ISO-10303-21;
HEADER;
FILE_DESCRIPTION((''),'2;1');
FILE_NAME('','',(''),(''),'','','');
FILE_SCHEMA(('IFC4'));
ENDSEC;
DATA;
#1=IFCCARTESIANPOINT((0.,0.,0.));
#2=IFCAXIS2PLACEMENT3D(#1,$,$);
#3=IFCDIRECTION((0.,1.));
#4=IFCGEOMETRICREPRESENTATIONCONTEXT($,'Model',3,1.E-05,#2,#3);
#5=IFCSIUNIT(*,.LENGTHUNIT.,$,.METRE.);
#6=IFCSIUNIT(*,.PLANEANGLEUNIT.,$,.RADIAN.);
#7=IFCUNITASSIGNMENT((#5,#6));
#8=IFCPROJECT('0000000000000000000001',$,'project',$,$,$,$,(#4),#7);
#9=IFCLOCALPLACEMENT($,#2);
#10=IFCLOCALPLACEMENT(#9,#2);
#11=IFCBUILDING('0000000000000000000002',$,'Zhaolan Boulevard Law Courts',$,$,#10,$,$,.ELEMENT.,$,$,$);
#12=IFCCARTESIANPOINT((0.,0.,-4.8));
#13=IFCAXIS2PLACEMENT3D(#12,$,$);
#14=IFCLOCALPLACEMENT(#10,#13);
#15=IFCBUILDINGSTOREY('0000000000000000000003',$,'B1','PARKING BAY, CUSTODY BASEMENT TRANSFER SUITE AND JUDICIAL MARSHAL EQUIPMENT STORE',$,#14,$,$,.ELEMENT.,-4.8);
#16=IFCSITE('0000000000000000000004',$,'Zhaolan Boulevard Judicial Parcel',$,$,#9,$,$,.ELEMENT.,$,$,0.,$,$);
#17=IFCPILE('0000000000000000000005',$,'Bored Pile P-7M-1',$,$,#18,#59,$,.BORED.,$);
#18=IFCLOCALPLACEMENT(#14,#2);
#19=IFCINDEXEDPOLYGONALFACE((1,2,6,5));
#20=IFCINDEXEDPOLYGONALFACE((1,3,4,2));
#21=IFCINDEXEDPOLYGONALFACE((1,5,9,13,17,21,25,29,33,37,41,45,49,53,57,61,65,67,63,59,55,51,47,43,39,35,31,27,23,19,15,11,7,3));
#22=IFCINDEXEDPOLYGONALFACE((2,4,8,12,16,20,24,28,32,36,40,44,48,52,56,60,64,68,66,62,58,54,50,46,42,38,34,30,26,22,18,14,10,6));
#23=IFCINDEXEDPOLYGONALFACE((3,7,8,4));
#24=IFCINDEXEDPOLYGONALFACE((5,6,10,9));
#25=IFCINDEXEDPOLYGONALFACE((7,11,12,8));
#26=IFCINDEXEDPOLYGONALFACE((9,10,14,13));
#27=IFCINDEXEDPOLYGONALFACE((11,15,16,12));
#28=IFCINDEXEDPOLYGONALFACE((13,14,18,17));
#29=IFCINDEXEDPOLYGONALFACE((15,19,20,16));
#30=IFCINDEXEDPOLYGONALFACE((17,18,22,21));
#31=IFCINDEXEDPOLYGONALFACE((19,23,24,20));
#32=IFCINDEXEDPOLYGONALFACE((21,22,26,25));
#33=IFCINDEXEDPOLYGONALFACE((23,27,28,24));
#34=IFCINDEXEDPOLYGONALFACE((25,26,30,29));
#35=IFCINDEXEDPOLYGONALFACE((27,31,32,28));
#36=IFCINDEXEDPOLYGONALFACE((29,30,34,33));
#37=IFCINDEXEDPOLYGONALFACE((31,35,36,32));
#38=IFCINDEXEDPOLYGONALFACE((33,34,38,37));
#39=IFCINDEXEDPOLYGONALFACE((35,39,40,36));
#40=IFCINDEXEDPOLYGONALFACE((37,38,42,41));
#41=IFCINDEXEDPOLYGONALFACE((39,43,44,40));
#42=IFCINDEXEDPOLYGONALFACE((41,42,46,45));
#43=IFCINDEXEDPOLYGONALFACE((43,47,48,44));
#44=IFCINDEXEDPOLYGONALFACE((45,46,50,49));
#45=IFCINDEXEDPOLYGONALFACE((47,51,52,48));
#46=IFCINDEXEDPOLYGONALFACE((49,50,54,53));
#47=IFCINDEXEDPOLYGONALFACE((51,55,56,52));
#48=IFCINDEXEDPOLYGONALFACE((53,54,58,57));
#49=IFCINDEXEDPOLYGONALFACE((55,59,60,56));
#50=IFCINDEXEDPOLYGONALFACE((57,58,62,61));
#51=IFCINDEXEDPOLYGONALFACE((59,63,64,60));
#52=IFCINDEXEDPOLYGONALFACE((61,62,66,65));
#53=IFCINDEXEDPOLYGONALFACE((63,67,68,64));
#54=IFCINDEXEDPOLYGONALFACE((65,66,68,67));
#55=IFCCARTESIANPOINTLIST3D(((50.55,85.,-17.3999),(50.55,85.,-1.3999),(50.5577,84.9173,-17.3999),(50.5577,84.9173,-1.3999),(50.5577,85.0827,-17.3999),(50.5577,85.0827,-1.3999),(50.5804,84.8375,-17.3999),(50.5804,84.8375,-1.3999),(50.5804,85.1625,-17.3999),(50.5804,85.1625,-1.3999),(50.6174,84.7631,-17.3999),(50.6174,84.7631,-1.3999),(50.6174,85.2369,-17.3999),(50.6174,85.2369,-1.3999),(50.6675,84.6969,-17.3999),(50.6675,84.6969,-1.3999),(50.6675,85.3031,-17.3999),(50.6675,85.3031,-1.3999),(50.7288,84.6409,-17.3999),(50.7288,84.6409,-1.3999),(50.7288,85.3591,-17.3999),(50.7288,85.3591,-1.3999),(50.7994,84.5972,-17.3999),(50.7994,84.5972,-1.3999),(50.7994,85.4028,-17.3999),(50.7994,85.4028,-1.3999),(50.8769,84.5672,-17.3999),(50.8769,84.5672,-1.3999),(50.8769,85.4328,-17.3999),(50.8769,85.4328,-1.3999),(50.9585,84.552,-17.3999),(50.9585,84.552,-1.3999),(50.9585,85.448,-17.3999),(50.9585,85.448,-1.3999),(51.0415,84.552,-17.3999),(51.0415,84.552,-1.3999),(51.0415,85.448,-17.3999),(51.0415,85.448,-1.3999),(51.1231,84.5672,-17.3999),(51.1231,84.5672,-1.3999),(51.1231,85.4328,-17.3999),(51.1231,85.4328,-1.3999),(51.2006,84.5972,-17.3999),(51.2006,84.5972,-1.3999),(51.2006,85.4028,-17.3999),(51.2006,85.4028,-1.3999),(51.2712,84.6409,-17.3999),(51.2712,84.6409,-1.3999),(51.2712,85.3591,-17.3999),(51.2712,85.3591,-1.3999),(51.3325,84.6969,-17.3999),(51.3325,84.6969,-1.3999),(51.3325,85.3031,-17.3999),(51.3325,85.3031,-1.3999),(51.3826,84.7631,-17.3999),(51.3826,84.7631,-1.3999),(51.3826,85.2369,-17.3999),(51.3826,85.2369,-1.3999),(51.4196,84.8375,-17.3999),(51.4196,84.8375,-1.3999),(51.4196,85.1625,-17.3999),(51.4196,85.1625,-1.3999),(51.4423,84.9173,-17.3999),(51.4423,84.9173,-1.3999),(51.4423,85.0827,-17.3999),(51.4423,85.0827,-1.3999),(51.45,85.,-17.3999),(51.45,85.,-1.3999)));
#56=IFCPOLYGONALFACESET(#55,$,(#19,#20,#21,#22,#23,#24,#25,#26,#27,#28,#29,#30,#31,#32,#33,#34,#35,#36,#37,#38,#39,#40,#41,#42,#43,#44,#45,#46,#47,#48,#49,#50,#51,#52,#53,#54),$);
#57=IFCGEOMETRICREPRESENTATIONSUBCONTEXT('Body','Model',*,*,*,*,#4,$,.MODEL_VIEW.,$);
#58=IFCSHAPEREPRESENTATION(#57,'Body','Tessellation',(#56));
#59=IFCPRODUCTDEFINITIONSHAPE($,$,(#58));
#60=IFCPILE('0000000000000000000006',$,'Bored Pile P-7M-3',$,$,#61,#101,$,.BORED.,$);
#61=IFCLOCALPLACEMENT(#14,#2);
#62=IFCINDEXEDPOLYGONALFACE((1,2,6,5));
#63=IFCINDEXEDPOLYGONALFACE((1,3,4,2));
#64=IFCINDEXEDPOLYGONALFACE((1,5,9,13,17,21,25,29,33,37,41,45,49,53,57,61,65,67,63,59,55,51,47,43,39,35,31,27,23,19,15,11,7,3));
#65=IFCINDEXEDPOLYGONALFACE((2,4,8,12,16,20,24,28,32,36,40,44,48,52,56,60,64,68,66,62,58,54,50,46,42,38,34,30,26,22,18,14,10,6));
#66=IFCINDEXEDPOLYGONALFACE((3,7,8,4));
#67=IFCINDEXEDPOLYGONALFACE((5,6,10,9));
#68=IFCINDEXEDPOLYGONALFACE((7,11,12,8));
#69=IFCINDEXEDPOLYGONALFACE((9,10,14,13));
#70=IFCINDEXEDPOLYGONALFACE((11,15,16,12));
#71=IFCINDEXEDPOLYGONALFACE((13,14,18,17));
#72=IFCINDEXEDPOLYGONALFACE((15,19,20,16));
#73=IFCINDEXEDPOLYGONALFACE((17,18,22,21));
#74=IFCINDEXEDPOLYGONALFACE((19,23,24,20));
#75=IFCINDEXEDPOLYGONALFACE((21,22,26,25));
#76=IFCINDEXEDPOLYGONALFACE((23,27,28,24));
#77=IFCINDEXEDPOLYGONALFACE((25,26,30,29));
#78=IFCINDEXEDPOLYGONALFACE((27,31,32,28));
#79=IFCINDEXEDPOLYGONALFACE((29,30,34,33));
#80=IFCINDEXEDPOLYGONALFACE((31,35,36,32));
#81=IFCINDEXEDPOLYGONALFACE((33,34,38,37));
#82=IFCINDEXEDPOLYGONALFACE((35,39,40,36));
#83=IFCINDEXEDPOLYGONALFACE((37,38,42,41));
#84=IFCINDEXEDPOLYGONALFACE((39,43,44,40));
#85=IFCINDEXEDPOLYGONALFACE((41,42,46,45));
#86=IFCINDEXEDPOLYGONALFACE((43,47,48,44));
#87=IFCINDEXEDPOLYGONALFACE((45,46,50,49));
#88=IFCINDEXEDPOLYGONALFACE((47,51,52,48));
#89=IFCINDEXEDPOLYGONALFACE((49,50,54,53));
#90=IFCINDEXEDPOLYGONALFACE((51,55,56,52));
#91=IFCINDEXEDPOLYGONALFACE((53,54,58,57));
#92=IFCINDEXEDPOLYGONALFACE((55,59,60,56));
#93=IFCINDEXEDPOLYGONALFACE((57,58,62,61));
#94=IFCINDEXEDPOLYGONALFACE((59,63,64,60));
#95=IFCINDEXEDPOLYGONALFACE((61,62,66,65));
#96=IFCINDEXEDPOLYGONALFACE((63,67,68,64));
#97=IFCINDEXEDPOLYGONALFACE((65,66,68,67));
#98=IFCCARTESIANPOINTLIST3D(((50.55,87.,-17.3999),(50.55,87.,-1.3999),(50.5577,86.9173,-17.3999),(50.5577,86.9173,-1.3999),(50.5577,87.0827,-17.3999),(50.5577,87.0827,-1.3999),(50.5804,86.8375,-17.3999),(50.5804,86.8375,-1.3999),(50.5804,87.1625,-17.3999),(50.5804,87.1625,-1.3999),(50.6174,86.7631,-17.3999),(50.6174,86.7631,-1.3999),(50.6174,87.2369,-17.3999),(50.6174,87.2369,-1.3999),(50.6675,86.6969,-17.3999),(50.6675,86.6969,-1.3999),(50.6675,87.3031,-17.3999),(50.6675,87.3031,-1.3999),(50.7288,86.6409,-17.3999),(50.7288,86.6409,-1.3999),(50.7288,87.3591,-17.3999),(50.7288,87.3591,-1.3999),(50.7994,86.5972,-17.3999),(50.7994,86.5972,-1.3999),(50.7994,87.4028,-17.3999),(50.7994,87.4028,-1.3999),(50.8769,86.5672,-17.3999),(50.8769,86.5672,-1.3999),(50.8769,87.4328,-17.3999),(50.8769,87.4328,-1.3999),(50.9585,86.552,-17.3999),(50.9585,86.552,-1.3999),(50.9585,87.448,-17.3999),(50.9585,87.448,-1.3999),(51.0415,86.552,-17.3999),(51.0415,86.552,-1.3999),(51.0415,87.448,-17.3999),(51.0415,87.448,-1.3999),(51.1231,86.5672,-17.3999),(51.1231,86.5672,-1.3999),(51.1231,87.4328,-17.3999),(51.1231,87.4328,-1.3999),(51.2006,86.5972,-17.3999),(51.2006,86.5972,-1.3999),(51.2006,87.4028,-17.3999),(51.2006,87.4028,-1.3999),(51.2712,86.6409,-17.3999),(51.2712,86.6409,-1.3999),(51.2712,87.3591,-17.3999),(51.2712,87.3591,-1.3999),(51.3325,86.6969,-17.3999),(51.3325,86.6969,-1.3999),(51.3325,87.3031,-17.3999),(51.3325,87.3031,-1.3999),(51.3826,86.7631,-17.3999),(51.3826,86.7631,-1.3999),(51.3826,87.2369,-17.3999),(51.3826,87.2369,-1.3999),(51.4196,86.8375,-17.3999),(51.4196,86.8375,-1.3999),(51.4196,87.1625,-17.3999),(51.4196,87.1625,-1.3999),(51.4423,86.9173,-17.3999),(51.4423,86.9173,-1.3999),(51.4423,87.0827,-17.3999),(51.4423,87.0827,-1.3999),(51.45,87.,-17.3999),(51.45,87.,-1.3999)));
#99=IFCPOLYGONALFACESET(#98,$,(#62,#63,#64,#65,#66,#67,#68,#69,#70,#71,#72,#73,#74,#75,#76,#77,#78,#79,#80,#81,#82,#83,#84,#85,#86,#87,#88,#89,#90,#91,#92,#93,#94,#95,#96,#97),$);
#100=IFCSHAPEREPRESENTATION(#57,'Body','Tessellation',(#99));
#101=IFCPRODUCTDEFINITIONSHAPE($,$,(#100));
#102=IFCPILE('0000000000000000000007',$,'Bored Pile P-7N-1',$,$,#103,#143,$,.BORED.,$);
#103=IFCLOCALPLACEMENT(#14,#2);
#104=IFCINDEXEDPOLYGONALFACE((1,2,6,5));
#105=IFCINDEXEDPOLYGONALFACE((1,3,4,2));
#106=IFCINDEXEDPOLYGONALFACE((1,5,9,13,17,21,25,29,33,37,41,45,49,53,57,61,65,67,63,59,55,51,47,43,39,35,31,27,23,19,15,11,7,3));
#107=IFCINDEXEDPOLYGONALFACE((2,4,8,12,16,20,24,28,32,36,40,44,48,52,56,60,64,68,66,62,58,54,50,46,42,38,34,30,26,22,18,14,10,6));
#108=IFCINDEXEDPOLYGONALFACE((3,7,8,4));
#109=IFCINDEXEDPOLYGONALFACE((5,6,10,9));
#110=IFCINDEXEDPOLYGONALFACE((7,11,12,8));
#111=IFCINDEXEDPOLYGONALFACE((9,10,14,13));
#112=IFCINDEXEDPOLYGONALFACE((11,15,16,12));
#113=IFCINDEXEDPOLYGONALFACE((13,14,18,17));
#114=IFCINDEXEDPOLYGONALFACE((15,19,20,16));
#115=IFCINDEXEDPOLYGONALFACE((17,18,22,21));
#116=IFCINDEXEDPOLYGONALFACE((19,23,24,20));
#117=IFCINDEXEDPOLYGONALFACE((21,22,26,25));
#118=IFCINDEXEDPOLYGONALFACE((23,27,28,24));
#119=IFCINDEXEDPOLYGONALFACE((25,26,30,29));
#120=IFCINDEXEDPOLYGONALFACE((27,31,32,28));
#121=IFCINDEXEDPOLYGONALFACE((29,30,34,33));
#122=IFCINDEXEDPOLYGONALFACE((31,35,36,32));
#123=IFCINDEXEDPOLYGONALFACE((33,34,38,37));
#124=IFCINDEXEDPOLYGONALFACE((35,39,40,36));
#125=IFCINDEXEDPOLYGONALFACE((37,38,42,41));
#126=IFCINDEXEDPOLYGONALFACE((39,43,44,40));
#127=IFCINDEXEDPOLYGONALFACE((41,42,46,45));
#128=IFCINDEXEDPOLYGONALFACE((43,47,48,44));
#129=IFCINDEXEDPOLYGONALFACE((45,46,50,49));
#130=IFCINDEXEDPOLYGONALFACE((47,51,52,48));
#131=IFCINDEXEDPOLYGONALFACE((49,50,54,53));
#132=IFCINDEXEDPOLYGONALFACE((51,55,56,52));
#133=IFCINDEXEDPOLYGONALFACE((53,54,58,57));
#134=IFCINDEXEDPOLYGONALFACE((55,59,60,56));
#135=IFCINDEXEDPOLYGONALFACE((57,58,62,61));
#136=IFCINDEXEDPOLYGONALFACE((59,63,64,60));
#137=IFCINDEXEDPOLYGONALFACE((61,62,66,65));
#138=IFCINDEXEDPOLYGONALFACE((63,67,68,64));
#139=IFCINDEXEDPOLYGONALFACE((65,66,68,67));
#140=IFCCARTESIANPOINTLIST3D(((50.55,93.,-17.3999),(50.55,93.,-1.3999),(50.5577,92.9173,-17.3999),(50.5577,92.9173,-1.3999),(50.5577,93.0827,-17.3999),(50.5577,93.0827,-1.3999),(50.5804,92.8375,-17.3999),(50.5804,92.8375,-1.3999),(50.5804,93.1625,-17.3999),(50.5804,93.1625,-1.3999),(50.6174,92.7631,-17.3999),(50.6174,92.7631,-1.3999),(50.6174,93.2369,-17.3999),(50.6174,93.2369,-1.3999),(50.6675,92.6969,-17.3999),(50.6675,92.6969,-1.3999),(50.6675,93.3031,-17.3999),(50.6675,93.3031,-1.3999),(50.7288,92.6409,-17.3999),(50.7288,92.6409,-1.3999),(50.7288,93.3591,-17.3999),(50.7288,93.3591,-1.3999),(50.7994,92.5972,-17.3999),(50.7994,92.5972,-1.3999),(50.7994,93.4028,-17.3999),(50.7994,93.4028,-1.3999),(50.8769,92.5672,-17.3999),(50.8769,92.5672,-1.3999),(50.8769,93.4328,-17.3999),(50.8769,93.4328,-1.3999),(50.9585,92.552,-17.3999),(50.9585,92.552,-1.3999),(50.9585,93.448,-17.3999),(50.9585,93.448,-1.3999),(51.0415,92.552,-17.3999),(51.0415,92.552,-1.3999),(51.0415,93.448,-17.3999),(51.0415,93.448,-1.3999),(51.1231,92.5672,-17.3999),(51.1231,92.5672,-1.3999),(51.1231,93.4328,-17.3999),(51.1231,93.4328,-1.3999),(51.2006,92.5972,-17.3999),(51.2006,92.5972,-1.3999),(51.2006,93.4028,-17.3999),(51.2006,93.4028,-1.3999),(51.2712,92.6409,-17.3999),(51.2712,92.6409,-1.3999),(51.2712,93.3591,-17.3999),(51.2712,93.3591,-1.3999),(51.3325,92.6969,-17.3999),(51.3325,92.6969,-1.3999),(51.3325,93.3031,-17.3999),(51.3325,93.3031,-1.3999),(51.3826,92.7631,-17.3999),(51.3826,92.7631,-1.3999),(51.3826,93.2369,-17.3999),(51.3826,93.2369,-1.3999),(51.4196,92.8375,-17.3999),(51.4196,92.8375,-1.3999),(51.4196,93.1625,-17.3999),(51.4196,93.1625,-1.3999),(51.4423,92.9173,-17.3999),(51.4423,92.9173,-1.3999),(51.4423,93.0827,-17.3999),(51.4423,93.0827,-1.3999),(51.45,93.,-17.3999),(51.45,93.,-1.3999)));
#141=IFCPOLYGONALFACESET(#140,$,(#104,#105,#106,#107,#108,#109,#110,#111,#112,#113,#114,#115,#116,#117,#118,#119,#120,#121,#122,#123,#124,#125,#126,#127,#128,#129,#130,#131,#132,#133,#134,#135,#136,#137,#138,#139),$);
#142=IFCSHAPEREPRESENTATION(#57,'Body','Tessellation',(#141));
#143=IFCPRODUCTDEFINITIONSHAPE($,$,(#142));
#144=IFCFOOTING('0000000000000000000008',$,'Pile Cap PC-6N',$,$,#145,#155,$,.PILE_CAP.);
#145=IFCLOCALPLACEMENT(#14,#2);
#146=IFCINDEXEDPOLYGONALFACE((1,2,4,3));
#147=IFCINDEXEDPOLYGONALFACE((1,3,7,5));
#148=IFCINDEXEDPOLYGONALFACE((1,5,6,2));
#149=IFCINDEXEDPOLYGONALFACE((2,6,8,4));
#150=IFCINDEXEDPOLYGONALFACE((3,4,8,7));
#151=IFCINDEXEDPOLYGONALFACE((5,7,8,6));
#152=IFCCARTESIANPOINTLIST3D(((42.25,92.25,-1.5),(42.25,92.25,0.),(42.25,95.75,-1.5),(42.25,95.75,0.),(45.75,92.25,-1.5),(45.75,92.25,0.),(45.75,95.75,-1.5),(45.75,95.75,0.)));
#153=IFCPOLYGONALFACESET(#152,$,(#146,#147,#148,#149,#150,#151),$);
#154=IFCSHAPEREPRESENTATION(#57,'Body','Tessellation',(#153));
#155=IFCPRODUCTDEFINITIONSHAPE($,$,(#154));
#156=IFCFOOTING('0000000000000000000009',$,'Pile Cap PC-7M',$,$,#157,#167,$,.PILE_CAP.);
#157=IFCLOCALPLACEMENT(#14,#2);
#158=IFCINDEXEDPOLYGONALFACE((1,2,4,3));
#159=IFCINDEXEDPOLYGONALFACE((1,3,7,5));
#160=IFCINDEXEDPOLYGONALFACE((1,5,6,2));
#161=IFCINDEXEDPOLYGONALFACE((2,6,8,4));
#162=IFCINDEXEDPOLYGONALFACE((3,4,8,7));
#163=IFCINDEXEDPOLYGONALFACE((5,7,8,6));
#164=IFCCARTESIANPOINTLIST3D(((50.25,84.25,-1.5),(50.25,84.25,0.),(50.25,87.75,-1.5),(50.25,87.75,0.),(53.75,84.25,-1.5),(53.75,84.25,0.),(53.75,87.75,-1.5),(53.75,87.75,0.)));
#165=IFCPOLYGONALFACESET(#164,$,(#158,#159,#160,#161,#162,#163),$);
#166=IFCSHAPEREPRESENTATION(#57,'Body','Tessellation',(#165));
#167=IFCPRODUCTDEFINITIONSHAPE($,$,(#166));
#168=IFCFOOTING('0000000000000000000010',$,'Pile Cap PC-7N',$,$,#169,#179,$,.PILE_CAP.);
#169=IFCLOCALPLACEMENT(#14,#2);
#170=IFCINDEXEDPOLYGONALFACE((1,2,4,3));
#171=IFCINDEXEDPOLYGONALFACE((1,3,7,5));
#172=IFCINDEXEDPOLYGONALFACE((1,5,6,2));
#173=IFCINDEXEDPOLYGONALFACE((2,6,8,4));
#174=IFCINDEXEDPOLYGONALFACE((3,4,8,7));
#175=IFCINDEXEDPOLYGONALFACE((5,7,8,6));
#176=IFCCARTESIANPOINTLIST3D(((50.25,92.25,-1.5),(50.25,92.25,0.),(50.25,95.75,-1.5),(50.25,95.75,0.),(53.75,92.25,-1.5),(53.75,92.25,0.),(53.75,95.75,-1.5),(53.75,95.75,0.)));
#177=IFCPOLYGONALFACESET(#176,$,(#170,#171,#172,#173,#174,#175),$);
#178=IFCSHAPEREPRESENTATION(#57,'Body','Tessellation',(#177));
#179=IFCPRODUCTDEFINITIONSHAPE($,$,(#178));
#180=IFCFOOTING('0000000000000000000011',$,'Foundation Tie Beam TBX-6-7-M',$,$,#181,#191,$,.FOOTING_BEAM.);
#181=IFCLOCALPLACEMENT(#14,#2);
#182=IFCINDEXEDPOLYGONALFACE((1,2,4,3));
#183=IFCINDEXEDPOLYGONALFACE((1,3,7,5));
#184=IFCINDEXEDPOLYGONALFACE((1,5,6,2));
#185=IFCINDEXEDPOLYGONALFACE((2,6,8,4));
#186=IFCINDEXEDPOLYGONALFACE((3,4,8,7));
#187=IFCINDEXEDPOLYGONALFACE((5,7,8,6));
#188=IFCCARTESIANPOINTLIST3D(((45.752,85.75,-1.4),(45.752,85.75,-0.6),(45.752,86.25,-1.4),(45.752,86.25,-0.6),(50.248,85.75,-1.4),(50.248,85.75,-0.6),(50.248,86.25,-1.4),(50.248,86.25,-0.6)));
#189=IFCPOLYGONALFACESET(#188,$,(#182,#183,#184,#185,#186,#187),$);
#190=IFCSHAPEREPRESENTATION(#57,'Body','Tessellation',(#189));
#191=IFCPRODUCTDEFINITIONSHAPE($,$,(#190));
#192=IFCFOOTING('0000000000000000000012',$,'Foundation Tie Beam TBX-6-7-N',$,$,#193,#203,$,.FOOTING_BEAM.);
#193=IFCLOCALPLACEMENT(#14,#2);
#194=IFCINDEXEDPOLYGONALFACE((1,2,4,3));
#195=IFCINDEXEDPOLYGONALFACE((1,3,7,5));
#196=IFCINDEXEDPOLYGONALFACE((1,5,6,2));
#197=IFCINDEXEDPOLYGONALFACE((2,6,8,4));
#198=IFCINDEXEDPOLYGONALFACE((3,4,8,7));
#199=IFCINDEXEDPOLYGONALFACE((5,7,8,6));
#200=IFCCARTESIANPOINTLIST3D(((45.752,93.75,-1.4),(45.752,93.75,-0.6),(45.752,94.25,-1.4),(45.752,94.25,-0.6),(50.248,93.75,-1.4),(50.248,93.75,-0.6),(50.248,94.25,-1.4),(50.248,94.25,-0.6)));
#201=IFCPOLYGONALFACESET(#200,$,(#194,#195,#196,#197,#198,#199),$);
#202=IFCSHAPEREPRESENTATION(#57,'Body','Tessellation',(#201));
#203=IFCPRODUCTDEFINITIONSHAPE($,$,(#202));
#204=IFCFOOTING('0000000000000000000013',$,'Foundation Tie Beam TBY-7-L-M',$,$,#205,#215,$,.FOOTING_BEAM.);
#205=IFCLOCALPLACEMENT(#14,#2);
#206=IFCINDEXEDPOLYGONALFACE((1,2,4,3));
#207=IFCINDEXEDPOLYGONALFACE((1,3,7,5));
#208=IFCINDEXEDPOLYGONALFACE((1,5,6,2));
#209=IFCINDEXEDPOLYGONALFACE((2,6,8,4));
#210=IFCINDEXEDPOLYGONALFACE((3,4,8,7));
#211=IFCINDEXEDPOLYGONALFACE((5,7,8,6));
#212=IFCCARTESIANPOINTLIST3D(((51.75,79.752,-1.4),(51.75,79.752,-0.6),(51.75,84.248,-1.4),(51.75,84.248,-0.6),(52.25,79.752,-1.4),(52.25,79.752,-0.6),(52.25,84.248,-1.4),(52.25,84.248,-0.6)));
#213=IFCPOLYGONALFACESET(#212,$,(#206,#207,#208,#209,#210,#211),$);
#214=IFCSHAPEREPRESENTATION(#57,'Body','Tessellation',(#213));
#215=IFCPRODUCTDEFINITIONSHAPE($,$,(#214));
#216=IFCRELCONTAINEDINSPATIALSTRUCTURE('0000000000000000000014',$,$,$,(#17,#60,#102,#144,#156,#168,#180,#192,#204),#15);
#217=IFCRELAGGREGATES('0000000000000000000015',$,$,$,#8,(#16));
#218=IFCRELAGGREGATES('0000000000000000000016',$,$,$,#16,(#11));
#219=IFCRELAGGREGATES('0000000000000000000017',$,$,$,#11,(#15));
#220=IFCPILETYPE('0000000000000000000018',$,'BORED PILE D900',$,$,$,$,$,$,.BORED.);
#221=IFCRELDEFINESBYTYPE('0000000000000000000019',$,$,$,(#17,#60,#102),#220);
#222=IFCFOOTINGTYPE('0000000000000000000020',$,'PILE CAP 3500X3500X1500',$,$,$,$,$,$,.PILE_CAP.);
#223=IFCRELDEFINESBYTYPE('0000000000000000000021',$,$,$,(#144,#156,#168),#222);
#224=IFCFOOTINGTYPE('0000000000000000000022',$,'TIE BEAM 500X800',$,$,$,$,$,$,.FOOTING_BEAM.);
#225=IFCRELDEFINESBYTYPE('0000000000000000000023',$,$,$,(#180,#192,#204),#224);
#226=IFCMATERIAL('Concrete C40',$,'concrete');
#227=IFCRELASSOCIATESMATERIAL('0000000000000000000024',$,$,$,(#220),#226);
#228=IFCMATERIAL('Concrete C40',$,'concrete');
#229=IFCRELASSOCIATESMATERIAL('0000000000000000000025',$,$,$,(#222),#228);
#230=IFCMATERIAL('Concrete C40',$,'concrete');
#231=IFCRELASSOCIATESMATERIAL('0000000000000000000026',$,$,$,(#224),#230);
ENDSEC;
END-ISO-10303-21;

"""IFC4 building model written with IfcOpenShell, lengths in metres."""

from ifc_helpers import new_model, si_unit, direction, frame, origin, origin_2d, place, context, subcontext, project, spatial, rectangle, circle, extrude, material, material_profile, profile_set, type_object, element, save


model = new_model("IFC4")

# Units and contexts
model_context = context("Model", 3, precision=1e-05, world=origin(), true_north=direction((0.0, 1.0)))
body_context = subcontext(model_context, "Body", "Model", "MODEL_VIEW")
ifc_project = project(units=[si_unit("LENGTHUNIT", "METRE"), si_unit("PLANEANGLEUNIT", "RADIAN")], contexts=[model_context])

# Site, building, storey
site_placement = place(None, origin())
site = spatial("IfcSite", under=ifc_project, at=site_placement, Name="Zhaolan Boulevard Judicial Parcel", CompositionType="ELEMENT", RefElevation=0.0)
building_placement = place(site_placement, origin())
building = spatial("IfcBuilding", under=site, at=building_placement, Name="Zhaolan Boulevard Law Courts", CompositionType="ELEMENT")
storey_placement = place(building_placement, frame((0.0, 0.0, -4.8)))
storey = spatial("IfcBuildingStorey", under=building, at=storey_placement, Name="B1", Description="PARKING BAY, CUSTODY BASEMENT TRANSFER SUITE AND JUDICIAL MARSHAL EQUIPMENT STORE", CompositionType="ELEMENT", Elevation=-4.8)

# Piles
ifc_material_1 = material(Name="Concrete C40", Category="concrete")
ifc_material_profile_1 = material_profile(ifc_material_1, circle(Radius=0.45, at=origin_2d()), Name="PILE-D900")
ifc_profile_set_1 = profile_set([ifc_material_profile_1], Name="Concrete C40")
pile_type_1 = type_object("IfcPileType", Name="BORED PILE D900", PredefinedType="BORED", material=ifc_profile_set_1)
for number, where, z_axis, x_axis, name in (
    (1, (51.0, 85.0, -1.3999), (0.0, 0.0, -1.0), (1.0, 0.0, 0.0), "Bored Pile P-7M-1"),
    (2, (51.0, 87.0, -1.3999), (0.0, 0.0, -1.0), (1.0, 0.0, 0.0), "Bored Pile P-7M-3"),
    (3, (51.0, 93.0, -1.3999), (0.0, 0.0, -1.0), (1.0, 0.0, 0.0), "Bored Pile P-7N-1"),
):
    element("IfcPile", number, at=place(storey_placement, frame(where, z_axis=z_axis, x_axis=x_axis)), inside=storey, type_object=pile_type_1, Name=name, PredefinedType="BORED", context=body_context, shape_type="SweptSolid", body=[
        extrude(circle(Radius=0.45, at=origin_2d()), origin(), (0.0, 0.0, 1.0), 16.0),
    ])

# Footings
ifc_material_2 = material(Name="Concrete C40", Category="concrete")
footing_type_1 = type_object("IfcFootingType", Name="PILE CAP 3500X3500X1500", PredefinedType="PILE_CAP", material=ifc_material_2)
for number, where, z_axis, x_axis, name in (
    (4, (44.0, 94.0, -1.5), (0.0, 0.0, 1.0), (1.0, 0.0, 0.0), "Pile Cap PC-6N"),
    (5, (52.0, 86.0, -1.5), (0.0, 0.0, 1.0), (1.0, 0.0, 0.0), "Pile Cap PC-7M"),
    (6, (52.0, 94.0, -1.5), (0.0, 0.0, 1.0), (1.0, 0.0, 0.0), "Pile Cap PC-7N"),
):
    element("IfcFooting", number, at=place(storey_placement, frame(where, z_axis=z_axis, x_axis=x_axis)), inside=storey, type_object=footing_type_1, Name=name, PredefinedType="PILE_CAP", context=body_context, shape_type="SweptSolid", body=[
        extrude(rectangle(XDim=3.5, YDim=3.5, at=origin_2d()), origin(), (0.0, 0.0, 1.0), 1.5),
    ])
ifc_material_3 = material(Name="Concrete C40", Category="concrete")
ifc_material_profile_2 = material_profile(ifc_material_3, rectangle(XDim=0.5, YDim=0.8, at=origin_2d()), Name="RC500x800")
ifc_profile_set_2 = profile_set([ifc_material_profile_2], Name="Concrete C40")
footing_type_2 = type_object("IfcFootingType", Name="TIE BEAM 500X800", PredefinedType="FOOTING_BEAM", material=ifc_profile_set_2)
for number, where, z_axis, x_axis, name in (
    (7, (45.752, 86.0, -1.0), (1.0, 0.0, 0.0), (0.0, 1.0, 0.0), "Foundation Tie Beam TBX-6-7-M"),
    (8, (45.752, 94.0, -1.0), (1.0, 0.0, 0.0), (0.0, 1.0, 0.0), "Foundation Tie Beam TBX-6-7-N"),
    (9, (52.0, 79.752, -1.0), (0.0, 1.0, 0.0), (-1.0, 0.0, 0.0), "Foundation Tie Beam TBY-7-L-M"),
):
    element("IfcFooting", number, at=place(storey_placement, frame(where, z_axis=z_axis, x_axis=x_axis)), inside=storey, type_object=footing_type_2, Name=name, PredefinedType="FOOTING_BEAM", context=body_context, shape_type="SweptSolid", body=[
        extrude(rectangle(XDim=0.5, YDim=0.8, at=origin_2d()), origin(), (0.0, 0.0, 1.0), 4.4961),
    ])

save(model, "model.ifc")
